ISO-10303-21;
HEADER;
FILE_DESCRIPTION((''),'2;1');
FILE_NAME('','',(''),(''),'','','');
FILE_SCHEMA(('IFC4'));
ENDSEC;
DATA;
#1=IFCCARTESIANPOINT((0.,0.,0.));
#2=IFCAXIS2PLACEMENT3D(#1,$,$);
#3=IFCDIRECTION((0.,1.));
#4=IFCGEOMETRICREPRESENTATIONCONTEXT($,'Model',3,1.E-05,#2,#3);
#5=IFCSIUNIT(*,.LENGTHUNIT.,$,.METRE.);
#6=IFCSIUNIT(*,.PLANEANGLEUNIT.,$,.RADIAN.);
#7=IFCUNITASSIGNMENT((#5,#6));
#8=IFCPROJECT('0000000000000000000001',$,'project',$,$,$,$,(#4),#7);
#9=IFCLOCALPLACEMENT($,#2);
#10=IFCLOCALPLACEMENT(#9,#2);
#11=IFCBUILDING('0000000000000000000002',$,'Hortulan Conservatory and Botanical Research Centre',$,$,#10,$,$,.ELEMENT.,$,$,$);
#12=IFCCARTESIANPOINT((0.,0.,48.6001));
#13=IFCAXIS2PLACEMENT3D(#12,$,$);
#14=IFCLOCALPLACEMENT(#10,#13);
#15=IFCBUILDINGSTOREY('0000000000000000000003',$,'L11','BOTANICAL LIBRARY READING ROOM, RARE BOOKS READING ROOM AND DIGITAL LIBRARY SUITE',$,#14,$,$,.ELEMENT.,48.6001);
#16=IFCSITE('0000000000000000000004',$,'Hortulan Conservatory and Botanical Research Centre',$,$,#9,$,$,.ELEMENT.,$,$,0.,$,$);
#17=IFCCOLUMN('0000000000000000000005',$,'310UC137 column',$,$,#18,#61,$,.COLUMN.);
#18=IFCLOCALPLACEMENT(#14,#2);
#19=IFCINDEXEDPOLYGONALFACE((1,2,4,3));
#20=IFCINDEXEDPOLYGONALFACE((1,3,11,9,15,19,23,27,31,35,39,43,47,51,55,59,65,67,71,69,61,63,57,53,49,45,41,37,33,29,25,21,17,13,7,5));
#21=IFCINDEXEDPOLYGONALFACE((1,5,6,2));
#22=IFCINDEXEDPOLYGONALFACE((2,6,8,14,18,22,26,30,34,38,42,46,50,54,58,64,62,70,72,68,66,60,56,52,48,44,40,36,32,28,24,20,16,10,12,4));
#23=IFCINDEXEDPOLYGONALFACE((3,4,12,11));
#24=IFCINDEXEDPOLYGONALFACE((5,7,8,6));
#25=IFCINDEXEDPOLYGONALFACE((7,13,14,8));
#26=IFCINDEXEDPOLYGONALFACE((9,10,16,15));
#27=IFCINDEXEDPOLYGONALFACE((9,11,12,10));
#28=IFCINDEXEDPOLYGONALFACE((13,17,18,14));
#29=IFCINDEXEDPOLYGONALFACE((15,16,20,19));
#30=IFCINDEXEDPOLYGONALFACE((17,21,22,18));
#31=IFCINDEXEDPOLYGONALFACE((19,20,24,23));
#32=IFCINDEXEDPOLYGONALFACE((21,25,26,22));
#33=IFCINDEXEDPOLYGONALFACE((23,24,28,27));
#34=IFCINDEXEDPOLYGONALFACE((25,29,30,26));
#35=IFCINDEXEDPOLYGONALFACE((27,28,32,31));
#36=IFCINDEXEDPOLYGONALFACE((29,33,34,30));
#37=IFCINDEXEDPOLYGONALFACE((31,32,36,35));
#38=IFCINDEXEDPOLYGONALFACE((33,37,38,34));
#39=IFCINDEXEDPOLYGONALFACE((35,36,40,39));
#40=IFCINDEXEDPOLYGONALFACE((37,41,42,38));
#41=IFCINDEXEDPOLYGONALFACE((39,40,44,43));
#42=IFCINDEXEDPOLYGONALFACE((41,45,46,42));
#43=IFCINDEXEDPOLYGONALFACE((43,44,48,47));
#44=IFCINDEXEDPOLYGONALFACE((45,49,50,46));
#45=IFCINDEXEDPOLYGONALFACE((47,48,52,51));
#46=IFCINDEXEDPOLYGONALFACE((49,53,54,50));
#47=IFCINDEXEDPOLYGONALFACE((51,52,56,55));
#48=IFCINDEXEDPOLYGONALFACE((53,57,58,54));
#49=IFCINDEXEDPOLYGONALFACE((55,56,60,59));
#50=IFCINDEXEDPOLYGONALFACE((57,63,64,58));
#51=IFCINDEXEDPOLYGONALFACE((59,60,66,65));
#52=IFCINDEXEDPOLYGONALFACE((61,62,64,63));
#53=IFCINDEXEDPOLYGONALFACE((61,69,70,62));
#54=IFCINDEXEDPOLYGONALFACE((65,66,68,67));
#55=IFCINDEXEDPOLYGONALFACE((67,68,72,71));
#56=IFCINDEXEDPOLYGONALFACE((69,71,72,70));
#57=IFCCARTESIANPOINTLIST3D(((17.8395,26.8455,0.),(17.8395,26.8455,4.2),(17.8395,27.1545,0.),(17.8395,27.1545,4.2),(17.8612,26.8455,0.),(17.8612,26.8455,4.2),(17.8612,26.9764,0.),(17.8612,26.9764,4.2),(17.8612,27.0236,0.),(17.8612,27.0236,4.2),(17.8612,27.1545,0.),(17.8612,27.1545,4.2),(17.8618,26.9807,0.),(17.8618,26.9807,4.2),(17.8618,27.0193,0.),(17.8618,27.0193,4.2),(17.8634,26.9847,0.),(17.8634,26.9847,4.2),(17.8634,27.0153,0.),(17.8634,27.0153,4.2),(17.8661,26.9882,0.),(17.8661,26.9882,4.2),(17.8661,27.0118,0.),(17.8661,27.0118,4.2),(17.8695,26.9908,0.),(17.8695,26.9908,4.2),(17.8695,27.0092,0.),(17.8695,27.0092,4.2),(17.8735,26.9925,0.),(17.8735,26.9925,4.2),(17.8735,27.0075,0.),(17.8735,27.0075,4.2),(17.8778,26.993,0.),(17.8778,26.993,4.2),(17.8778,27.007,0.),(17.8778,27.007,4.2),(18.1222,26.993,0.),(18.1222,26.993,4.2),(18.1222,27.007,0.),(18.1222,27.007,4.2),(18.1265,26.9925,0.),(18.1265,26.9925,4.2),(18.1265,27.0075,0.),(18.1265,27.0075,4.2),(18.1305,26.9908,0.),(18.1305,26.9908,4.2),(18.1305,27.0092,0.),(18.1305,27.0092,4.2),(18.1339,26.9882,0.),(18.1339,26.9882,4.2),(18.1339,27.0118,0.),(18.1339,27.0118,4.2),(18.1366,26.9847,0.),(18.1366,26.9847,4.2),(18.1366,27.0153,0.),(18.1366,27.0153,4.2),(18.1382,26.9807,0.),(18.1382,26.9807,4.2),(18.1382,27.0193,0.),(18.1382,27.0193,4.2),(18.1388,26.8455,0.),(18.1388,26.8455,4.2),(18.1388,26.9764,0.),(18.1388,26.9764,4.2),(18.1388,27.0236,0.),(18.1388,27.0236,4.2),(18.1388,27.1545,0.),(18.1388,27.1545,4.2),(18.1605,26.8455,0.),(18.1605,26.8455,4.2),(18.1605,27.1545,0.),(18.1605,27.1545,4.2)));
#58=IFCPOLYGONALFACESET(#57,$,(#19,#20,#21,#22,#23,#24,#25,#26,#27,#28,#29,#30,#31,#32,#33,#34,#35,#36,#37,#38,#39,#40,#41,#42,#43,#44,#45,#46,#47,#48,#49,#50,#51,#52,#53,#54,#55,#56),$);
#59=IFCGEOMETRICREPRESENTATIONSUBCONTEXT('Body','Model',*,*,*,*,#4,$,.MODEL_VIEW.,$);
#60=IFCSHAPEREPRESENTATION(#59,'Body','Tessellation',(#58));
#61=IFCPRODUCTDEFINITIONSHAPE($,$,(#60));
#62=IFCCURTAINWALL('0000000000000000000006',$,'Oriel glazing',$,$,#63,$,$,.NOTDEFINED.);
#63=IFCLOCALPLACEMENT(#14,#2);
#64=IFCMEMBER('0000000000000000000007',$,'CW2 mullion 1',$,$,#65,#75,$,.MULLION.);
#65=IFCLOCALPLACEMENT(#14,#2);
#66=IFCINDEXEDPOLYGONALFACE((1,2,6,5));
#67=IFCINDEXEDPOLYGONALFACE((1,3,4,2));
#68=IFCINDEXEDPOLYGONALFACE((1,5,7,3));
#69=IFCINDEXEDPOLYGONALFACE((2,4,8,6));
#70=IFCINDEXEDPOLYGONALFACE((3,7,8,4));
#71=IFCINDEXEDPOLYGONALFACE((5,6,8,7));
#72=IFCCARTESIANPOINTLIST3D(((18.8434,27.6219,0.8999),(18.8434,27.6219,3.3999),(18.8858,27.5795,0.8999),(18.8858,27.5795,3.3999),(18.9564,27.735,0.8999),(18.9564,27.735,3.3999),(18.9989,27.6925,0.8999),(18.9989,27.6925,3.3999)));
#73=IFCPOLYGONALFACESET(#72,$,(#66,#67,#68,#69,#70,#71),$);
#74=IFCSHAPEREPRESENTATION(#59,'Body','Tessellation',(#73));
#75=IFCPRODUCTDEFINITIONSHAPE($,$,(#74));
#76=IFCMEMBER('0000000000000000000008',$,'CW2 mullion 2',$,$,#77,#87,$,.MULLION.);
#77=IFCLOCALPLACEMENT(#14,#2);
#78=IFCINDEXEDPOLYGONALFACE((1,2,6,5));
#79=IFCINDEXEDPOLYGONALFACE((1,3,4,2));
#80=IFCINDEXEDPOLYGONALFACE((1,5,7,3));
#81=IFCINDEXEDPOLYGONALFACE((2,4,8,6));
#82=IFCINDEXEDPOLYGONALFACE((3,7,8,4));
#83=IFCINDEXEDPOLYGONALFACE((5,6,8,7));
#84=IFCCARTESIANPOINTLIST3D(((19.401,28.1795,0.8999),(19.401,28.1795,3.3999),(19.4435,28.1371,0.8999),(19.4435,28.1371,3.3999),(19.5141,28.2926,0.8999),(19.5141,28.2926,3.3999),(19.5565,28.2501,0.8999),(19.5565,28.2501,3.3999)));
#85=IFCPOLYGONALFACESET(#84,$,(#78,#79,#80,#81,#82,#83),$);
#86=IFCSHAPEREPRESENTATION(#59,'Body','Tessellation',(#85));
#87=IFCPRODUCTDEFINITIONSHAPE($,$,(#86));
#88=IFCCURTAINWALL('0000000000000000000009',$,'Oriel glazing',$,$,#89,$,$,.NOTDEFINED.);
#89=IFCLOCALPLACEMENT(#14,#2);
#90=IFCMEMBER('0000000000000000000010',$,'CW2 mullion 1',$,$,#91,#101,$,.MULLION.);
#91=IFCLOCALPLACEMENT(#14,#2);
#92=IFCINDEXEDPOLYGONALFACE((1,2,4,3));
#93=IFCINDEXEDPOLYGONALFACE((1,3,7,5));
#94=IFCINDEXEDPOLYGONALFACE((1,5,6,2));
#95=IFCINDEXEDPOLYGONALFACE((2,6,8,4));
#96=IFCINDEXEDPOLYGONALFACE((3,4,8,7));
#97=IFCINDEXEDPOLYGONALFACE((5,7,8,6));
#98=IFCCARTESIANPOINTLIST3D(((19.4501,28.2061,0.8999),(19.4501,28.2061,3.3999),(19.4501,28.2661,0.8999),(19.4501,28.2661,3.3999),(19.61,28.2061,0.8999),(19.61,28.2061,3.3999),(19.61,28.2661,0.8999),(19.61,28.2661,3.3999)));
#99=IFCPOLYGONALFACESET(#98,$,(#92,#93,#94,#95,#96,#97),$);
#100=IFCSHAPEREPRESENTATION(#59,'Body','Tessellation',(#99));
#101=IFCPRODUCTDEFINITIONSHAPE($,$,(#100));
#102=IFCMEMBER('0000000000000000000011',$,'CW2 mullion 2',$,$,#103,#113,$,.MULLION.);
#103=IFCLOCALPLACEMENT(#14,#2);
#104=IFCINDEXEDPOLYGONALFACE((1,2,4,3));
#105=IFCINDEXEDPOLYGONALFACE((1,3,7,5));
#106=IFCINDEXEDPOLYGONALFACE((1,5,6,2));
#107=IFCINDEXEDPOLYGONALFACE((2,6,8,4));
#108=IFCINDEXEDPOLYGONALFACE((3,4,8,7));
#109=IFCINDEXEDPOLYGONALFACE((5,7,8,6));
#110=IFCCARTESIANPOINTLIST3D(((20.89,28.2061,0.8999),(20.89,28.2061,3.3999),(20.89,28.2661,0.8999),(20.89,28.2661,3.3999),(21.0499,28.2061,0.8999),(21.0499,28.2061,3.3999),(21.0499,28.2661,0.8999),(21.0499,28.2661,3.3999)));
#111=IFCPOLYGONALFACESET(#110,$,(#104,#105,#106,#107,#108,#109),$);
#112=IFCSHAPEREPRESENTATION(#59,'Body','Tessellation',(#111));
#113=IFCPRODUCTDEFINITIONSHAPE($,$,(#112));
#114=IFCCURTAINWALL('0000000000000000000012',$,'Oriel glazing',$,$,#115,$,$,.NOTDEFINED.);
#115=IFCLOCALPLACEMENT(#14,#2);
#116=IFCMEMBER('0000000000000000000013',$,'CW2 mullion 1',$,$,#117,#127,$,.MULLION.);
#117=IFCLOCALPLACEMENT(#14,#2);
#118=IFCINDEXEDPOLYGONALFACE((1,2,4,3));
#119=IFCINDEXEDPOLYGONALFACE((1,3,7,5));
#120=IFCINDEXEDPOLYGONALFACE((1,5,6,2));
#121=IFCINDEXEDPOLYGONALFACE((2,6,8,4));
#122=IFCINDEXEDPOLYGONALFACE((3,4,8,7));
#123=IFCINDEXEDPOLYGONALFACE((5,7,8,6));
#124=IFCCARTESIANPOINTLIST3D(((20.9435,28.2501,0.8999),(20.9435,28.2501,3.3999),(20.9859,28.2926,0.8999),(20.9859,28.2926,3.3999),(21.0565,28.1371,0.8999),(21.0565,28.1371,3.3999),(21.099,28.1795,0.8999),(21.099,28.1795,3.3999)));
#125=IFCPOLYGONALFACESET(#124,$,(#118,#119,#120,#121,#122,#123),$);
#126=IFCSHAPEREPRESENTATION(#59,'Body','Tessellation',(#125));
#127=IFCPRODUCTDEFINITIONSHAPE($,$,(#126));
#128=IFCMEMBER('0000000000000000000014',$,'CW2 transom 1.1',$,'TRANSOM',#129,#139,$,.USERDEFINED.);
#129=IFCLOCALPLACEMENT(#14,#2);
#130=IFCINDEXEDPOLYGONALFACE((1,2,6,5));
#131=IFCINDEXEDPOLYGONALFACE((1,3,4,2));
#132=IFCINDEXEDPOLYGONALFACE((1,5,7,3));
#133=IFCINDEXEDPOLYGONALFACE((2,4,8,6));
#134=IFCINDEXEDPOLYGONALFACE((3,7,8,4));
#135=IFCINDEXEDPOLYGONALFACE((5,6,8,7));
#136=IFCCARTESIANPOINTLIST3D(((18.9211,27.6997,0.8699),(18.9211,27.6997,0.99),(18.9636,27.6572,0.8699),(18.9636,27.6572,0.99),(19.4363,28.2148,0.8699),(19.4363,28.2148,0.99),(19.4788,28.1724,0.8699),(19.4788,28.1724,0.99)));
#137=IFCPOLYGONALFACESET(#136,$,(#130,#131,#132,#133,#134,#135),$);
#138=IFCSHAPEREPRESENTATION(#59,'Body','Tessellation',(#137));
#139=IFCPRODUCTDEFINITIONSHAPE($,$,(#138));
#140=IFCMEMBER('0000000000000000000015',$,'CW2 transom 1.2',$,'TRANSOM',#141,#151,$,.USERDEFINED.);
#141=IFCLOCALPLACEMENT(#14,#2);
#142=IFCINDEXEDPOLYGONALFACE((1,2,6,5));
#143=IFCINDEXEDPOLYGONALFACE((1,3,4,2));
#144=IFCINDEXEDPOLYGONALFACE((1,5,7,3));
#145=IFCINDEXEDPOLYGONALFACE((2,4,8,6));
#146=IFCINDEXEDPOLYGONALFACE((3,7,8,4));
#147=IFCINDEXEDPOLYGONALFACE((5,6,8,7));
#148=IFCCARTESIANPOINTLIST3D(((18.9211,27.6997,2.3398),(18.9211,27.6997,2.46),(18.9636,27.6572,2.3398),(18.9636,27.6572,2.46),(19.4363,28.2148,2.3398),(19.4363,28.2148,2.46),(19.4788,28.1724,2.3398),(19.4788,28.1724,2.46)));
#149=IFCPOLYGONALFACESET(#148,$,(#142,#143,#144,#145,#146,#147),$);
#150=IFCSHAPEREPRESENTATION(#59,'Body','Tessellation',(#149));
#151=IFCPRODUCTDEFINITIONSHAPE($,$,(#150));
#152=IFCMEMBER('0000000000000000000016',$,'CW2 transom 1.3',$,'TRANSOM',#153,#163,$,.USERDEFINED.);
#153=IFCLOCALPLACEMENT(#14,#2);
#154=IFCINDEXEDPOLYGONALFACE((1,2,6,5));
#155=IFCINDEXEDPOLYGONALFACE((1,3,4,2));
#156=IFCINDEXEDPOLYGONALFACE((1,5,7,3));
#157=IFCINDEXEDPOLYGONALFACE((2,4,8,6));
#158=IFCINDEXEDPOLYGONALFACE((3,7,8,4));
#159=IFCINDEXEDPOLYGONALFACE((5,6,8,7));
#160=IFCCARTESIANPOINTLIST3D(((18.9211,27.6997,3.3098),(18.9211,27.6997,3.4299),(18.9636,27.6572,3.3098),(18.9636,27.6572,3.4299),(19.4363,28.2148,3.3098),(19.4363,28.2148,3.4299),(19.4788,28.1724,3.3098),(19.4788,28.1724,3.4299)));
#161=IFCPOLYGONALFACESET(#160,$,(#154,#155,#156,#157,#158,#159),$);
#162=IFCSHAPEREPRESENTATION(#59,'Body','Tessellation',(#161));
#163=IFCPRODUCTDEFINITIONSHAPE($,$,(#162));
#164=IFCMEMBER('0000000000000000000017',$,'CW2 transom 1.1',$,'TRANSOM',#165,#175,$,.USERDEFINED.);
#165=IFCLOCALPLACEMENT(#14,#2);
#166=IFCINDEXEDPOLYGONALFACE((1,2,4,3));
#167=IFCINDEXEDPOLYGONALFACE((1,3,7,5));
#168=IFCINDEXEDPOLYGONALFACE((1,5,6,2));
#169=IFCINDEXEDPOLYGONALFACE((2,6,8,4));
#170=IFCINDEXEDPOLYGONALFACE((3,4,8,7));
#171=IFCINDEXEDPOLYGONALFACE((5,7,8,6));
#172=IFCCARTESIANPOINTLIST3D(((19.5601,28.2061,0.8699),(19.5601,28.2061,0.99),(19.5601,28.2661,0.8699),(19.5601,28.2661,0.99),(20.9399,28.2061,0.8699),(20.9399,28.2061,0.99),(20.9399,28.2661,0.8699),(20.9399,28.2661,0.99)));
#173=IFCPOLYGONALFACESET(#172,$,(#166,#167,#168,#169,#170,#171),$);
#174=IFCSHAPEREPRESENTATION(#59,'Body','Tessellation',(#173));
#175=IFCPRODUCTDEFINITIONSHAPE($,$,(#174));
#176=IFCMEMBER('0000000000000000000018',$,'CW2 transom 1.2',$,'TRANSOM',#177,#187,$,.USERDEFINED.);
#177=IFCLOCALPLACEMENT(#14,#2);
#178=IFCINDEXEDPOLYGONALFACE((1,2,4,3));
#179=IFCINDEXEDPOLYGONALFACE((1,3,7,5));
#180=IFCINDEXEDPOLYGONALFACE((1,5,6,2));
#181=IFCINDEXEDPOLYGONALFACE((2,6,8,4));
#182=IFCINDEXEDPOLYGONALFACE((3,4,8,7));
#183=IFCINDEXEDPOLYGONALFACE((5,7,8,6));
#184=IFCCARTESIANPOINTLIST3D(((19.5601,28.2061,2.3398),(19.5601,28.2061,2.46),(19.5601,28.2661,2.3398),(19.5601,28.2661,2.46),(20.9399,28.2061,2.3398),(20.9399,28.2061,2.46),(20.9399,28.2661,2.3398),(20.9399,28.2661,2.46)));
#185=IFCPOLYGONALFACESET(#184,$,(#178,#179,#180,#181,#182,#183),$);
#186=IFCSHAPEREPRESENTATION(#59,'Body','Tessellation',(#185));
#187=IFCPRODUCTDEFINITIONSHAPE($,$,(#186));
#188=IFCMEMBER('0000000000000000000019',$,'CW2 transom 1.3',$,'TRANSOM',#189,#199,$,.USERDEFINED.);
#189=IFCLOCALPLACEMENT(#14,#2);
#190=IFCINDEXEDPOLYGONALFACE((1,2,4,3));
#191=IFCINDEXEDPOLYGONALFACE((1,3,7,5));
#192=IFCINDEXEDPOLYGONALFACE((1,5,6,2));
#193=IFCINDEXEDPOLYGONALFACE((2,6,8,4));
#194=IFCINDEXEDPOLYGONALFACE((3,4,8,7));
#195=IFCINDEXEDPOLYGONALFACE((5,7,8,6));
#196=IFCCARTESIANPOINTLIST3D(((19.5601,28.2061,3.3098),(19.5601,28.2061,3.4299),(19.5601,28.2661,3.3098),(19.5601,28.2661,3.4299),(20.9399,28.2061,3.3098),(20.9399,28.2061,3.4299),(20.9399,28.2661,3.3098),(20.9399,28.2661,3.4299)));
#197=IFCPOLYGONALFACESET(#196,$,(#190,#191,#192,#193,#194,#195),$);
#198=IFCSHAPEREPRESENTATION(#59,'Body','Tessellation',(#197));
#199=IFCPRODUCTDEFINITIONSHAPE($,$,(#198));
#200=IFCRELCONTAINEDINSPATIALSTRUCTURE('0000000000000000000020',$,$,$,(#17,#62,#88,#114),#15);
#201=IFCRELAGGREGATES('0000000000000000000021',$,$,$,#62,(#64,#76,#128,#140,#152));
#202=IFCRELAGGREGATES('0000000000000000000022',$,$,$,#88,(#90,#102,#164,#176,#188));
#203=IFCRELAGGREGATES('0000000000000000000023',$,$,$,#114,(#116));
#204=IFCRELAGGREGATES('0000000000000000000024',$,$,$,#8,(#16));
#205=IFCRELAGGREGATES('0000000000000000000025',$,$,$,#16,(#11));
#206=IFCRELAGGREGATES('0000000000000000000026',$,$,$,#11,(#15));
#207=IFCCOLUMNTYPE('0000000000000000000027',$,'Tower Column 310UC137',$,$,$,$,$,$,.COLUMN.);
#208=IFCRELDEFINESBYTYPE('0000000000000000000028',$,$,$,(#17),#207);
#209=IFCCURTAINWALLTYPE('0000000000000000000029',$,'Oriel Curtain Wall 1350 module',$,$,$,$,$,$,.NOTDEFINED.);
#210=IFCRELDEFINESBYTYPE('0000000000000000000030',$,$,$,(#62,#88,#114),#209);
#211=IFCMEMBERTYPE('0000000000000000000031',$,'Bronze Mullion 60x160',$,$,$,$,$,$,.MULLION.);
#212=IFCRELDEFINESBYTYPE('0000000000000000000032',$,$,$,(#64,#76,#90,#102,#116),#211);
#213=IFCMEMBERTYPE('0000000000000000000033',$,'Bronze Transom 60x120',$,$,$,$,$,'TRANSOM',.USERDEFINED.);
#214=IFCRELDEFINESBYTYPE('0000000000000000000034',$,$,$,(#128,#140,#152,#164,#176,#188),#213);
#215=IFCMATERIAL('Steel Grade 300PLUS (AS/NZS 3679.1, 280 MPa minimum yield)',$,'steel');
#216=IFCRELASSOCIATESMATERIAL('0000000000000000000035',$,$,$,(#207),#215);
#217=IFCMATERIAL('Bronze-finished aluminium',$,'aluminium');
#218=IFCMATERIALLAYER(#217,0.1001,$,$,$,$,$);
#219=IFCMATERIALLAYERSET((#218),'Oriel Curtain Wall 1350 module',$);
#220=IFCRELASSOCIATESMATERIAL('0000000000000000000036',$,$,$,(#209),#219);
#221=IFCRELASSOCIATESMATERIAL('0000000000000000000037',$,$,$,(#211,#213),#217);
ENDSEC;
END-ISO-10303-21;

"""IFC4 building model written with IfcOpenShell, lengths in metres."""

from ifc_helpers import new_model, si_unit, direction, frame, origin, origin_2d, place, context, subcontext, project, spatial, rectangle, i_section, extrude, material, layer, layer_set, material_profile, profile_set, type_object, element, aggregate, save


model = new_model("IFC4")

# Units and contexts
model_context = context("Model", 3, precision=1e-05, world=origin(), true_north=direction((0.0, 1.0)))
body_context = subcontext(model_context, "Body", "Model", "MODEL_VIEW")
ifc_project = project(units=[si_unit("LENGTHUNIT", "METRE"), si_unit("PLANEANGLEUNIT", "RADIAN")], contexts=[model_context])

# Site, building, storey
site_placement = place(None, origin())
site = spatial("IfcSite", under=ifc_project, at=site_placement, Name="Hortulan Conservatory and Botanical Research Centre", CompositionType="ELEMENT", RefElevation=0.0)
building_placement = place(site_placement, origin())
building = spatial("IfcBuilding", under=site, at=building_placement, Name="Hortulan Conservatory and Botanical Research Centre", CompositionType="ELEMENT")
storey_placement = place(building_placement, frame((0.0, 0.0, 48.6001)))
storey = spatial("IfcBuildingStorey", under=building, at=storey_placement, Name="L11", Description="BOTANICAL LIBRARY READING ROOM, RARE BOOKS READING ROOM AND DIGITAL LIBRARY SUITE", CompositionType="ELEMENT", Elevation=48.6001)

# Column
ifc_material_1 = material(Name="Steel Grade 300PLUS (AS/NZS 3679.1, 280 MPa minimum yield)", Category="steel")
ifc_material_profile_1 = material_profile(ifc_material_1, i_section(OverallWidth=0.3091, OverallDepth=0.321, WebThickness=0.0139, FlangeThickness=0.0217, FilletRadius=0.0166, at=origin_2d()), Name="310UC137")
ifc_profile_set_1 = profile_set([ifc_material_profile_1], Name="Steel Grade 300PLUS (AS/NZS 3679.1, 280 MPa minimum yield)")
column_type = type_object("IfcColumnType", Name="Tower Column 310UC137", PredefinedType="COLUMN", material=ifc_profile_set_1)
column_placement = place(storey_placement, frame((18.0, 27.0, 0.0), z_axis=(0.0, 0.0, 1.0), x_axis=(0.0, 1.0, 0.0)))
element("IfcColumn", 1, at=column_placement, inside=storey, type_object=column_type, Name="310UC137 column", PredefinedType="COLUMN", context=body_context, shape_type="SweptSolid", body=[
    extrude(i_section(OverallWidth=0.3091, OverallDepth=0.321, WebThickness=0.0139, FlangeThickness=0.0217, FilletRadius=0.0166, at=origin_2d()), origin(), (0.0, 0.0, 1.0), 4.2),
])

# Curtain walls, members
ifc_material_2 = material(Name="Bronze-finished aluminium", Category="aluminium")
ifc_layer_1 = layer(ifc_material_2, 0.1001)
ifc_layer_set_1 = layer_set([ifc_layer_1], Name="Oriel Curtain Wall 1350 module")
curtain_wall_type = type_object("IfcCurtainWallType", Name="Oriel Curtain Wall 1350 module", PredefinedType="NOTDEFINED", material=ifc_layer_set_1)
curtain_wall_1_placement = place(storey_placement, origin())
curtain_wall_1 = element("IfcCurtainWall", 2, at=curtain_wall_1_placement, inside=storey, type_object=curtain_wall_type, Name="Oriel glazing", PredefinedType="NOTDEFINED")
ifc_material_profile_2 = material_profile(ifc_material_2, rectangle(XDim=0.0601, YDim=0.1599, at=origin_2d()), Name="Bronze Mullion 60x160")
ifc_profile_set_2 = profile_set([ifc_material_profile_2], Name="Bronze-finished aluminium")
member_type_1 = type_object("IfcMemberType", Name="Bronze Mullion 60x160", PredefinedType="MULLION", material=ifc_profile_set_2)
member_1_placement = place(storey_placement, frame((18.9211, 27.6572, 0.8999), z_axis=(0.0, 0.0, 1.0), x_axis=(-0.707107, 0.707107, 0.0)))
member_1 = element("IfcMember", 3, at=member_1_placement, type_object=member_type_1, Name="CW2 mullion 1", PredefinedType="MULLION", context=body_context, shape_type="SweptSolid", body=[
    extrude(rectangle(XDim=0.0601, YDim=0.1599, at=origin_2d()), origin(), (0.0, 0.0, 1.0), 2.5),
])
member_2_placement = place(storey_placement, frame((19.4788, 28.2148, 0.8999), z_axis=(0.0, 0.0, 1.0), x_axis=(-0.707107, 0.707107, 0.0)))
member_2 = element("IfcMember", 4, at=member_2_placement, type_object=member_type_1, Name="CW2 mullion 2", PredefinedType="MULLION", context=body_context, shape_type="SweptSolid", body=[
    extrude(rectangle(XDim=0.0601, YDim=0.1599, at=origin_2d()), origin(), (0.0, 0.0, 1.0), 2.5),
])
curtain_wall_2_placement = place(storey_placement, origin())
curtain_wall_2 = element("IfcCurtainWall", 5, at=curtain_wall_2_placement, inside=storey, type_object=curtain_wall_type, Name="Oriel glazing", PredefinedType="NOTDEFINED")
member_3_placement = place(storey_placement, frame((19.53, 28.2361, 0.8999), z_axis=(0.0, 0.0, 1.0), x_axis=(0.0, 1.0, 0.0)))
member_3 = element("IfcMember", 6, at=member_3_placement, type_object=member_type_1, Name="CW2 mullion 1", PredefinedType="MULLION", context=body_context, shape_type="SweptSolid", body=[
    extrude(rectangle(XDim=0.0601, YDim=0.1599, at=origin_2d()), origin(), (0.0, 0.0, 1.0), 2.5),
])
member_4_placement = place(storey_placement, frame((20.97, 28.2361, 0.8999), z_axis=(0.0, 0.0, 1.0), x_axis=(0.0, 1.0, 0.0)))
member_4 = element("IfcMember", 7, at=member_4_placement, type_object=member_type_1, Name="CW2 mullion 2", PredefinedType="MULLION", context=body_context, shape_type="SweptSolid", body=[
    extrude(rectangle(XDim=0.0601, YDim=0.1599, at=origin_2d()), origin(), (0.0, 0.0, 1.0), 2.5),
])

# Curtain wall, member
curtain_wall_3_placement = place(storey_placement, origin())
curtain_wall_3 = element("IfcCurtainWall", 8, at=curtain_wall_3_placement, inside=storey, type_object=curtain_wall_type, Name="Oriel glazing", PredefinedType="NOTDEFINED")
member_5_placement = place(storey_placement, frame((21.0212, 28.2148, 0.8999), z_axis=(0.0, 0.0, 1.0), x_axis=(0.707107, 0.707107, 0.0)))
member_5 = element("IfcMember", 9, at=member_5_placement, type_object=member_type_1, Name="CW2 mullion 1", PredefinedType="MULLION", context=body_context, shape_type="SweptSolid", body=[
    extrude(rectangle(XDim=0.0601, YDim=0.1599, at=origin_2d()), origin(), (0.0, 0.0, 1.0), 2.5),
])

# Members
ifc_material_profile_3 = material_profile(ifc_material_2, rectangle(XDim=0.0601, YDim=0.1201, at=origin_2d()), Name="Bronze Transom 60x120")
ifc_profile_set_3 = profile_set([ifc_material_profile_3], Name="Bronze-finished aluminium")
member_type_2 = type_object("IfcMemberType", Name="Bronze Transom 60x120", ElementType="TRANSOM", PredefinedType="USERDEFINED", material=ifc_profile_set_3)
member_6_placement = place(storey_placement, frame((18.9424, 27.6785, 0.9299), z_axis=(0.707107, 0.707107, 0.0), x_axis=(-0.707107, 0.707107, 0.0)))
member_6 = element("IfcMember", 10, at=member_6_placement, type_object=member_type_2, Name="CW2 transom 1.1", ObjectType="TRANSOM", PredefinedType="USERDEFINED", context=body_context, shape_type="SweptSolid", body=[
    extrude(rectangle(XDim=0.0601, YDim=0.1201, at=origin_2d()), origin(), (0.0, 0.0, 1.0), 0.7285),
])
member_7_placement = place(storey_placement, frame((18.9424, 27.6785, 2.3999), z_axis=(0.707107, 0.707107, 0.0), x_axis=(-0.707107, 0.707107, 0.0)))
member_7 = element("IfcMember", 11, at=member_7_placement, type_object=member_type_2, Name="CW2 transom 1.2", ObjectType="TRANSOM", PredefinedType="USERDEFINED", context=body_context, shape_type="SweptSolid", body=[
    extrude(rectangle(XDim=0.0601, YDim=0.1201, at=origin_2d()), origin(), (0.0, 0.0, 1.0), 0.7285),
])
member_8_placement = place(storey_placement, frame((18.9424, 27.6785, 3.3699), z_axis=(0.707107, 0.707107, 0.0), x_axis=(-0.707107, 0.707107, 0.0)))
member_8 = element("IfcMember", 12, at=member_8_placement, type_object=member_type_2, Name="CW2 transom 1.3", ObjectType="TRANSOM", PredefinedType="USERDEFINED", context=body_context, shape_type="SweptSolid", body=[
    extrude(rectangle(XDim=0.0601, YDim=0.1201, at=origin_2d()), origin(), (0.0, 0.0, 1.0), 0.7285),
])
member_9_placement = place(storey_placement, frame((19.5601, 28.2361, 0.9299), z_axis=(1.0, 0.0, 0.0), x_axis=(0.0, 1.0, 0.0)))
member_9 = element("IfcMember", 13, at=member_9_placement, type_object=member_type_2, Name="CW2 transom 1.1", ObjectType="TRANSOM", PredefinedType="USERDEFINED", context=body_context, shape_type="SweptSolid", body=[
    extrude(rectangle(XDim=0.0601, YDim=0.1201, at=origin_2d()), origin(), (0.0, 0.0, 1.0), 1.3799),
])
member_10_placement = place(storey_placement, frame((19.5601, 28.2361, 2.3999), z_axis=(1.0, 0.0, 0.0), x_axis=(0.0, 1.0, 0.0)))
member_10 = element("IfcMember", 14, at=member_10_placement, type_object=member_type_2, Name="CW2 transom 1.2", ObjectType="TRANSOM", PredefinedType="USERDEFINED", context=body_context, shape_type="SweptSolid", body=[
    extrude(rectangle(XDim=0.0601, YDim=0.1201, at=origin_2d()), origin(), (0.0, 0.0, 1.0), 1.3799),
])
member_11_placement = place(storey_placement, frame((19.5601, 28.2361, 3.3699), z_axis=(1.0, 0.0, 0.0), x_axis=(0.0, 1.0, 0.0)))
member_11 = element("IfcMember", 15, at=member_11_placement, type_object=member_type_2, Name="CW2 transom 1.3", ObjectType="TRANSOM", PredefinedType="USERDEFINED", context=body_context, shape_type="SweptSolid", body=[
    extrude(rectangle(XDim=0.0601, YDim=0.1201, at=origin_2d()), origin(), (0.0, 0.0, 1.0), 1.3799),
])

aggregate(curtain_wall_1, [member_1, member_2, member_6, member_7, member_8])
aggregate(curtain_wall_2, [member_3, member_4, member_9, member_10, member_11])
aggregate(curtain_wall_3, [member_5])

save(model, "model.ifc")
